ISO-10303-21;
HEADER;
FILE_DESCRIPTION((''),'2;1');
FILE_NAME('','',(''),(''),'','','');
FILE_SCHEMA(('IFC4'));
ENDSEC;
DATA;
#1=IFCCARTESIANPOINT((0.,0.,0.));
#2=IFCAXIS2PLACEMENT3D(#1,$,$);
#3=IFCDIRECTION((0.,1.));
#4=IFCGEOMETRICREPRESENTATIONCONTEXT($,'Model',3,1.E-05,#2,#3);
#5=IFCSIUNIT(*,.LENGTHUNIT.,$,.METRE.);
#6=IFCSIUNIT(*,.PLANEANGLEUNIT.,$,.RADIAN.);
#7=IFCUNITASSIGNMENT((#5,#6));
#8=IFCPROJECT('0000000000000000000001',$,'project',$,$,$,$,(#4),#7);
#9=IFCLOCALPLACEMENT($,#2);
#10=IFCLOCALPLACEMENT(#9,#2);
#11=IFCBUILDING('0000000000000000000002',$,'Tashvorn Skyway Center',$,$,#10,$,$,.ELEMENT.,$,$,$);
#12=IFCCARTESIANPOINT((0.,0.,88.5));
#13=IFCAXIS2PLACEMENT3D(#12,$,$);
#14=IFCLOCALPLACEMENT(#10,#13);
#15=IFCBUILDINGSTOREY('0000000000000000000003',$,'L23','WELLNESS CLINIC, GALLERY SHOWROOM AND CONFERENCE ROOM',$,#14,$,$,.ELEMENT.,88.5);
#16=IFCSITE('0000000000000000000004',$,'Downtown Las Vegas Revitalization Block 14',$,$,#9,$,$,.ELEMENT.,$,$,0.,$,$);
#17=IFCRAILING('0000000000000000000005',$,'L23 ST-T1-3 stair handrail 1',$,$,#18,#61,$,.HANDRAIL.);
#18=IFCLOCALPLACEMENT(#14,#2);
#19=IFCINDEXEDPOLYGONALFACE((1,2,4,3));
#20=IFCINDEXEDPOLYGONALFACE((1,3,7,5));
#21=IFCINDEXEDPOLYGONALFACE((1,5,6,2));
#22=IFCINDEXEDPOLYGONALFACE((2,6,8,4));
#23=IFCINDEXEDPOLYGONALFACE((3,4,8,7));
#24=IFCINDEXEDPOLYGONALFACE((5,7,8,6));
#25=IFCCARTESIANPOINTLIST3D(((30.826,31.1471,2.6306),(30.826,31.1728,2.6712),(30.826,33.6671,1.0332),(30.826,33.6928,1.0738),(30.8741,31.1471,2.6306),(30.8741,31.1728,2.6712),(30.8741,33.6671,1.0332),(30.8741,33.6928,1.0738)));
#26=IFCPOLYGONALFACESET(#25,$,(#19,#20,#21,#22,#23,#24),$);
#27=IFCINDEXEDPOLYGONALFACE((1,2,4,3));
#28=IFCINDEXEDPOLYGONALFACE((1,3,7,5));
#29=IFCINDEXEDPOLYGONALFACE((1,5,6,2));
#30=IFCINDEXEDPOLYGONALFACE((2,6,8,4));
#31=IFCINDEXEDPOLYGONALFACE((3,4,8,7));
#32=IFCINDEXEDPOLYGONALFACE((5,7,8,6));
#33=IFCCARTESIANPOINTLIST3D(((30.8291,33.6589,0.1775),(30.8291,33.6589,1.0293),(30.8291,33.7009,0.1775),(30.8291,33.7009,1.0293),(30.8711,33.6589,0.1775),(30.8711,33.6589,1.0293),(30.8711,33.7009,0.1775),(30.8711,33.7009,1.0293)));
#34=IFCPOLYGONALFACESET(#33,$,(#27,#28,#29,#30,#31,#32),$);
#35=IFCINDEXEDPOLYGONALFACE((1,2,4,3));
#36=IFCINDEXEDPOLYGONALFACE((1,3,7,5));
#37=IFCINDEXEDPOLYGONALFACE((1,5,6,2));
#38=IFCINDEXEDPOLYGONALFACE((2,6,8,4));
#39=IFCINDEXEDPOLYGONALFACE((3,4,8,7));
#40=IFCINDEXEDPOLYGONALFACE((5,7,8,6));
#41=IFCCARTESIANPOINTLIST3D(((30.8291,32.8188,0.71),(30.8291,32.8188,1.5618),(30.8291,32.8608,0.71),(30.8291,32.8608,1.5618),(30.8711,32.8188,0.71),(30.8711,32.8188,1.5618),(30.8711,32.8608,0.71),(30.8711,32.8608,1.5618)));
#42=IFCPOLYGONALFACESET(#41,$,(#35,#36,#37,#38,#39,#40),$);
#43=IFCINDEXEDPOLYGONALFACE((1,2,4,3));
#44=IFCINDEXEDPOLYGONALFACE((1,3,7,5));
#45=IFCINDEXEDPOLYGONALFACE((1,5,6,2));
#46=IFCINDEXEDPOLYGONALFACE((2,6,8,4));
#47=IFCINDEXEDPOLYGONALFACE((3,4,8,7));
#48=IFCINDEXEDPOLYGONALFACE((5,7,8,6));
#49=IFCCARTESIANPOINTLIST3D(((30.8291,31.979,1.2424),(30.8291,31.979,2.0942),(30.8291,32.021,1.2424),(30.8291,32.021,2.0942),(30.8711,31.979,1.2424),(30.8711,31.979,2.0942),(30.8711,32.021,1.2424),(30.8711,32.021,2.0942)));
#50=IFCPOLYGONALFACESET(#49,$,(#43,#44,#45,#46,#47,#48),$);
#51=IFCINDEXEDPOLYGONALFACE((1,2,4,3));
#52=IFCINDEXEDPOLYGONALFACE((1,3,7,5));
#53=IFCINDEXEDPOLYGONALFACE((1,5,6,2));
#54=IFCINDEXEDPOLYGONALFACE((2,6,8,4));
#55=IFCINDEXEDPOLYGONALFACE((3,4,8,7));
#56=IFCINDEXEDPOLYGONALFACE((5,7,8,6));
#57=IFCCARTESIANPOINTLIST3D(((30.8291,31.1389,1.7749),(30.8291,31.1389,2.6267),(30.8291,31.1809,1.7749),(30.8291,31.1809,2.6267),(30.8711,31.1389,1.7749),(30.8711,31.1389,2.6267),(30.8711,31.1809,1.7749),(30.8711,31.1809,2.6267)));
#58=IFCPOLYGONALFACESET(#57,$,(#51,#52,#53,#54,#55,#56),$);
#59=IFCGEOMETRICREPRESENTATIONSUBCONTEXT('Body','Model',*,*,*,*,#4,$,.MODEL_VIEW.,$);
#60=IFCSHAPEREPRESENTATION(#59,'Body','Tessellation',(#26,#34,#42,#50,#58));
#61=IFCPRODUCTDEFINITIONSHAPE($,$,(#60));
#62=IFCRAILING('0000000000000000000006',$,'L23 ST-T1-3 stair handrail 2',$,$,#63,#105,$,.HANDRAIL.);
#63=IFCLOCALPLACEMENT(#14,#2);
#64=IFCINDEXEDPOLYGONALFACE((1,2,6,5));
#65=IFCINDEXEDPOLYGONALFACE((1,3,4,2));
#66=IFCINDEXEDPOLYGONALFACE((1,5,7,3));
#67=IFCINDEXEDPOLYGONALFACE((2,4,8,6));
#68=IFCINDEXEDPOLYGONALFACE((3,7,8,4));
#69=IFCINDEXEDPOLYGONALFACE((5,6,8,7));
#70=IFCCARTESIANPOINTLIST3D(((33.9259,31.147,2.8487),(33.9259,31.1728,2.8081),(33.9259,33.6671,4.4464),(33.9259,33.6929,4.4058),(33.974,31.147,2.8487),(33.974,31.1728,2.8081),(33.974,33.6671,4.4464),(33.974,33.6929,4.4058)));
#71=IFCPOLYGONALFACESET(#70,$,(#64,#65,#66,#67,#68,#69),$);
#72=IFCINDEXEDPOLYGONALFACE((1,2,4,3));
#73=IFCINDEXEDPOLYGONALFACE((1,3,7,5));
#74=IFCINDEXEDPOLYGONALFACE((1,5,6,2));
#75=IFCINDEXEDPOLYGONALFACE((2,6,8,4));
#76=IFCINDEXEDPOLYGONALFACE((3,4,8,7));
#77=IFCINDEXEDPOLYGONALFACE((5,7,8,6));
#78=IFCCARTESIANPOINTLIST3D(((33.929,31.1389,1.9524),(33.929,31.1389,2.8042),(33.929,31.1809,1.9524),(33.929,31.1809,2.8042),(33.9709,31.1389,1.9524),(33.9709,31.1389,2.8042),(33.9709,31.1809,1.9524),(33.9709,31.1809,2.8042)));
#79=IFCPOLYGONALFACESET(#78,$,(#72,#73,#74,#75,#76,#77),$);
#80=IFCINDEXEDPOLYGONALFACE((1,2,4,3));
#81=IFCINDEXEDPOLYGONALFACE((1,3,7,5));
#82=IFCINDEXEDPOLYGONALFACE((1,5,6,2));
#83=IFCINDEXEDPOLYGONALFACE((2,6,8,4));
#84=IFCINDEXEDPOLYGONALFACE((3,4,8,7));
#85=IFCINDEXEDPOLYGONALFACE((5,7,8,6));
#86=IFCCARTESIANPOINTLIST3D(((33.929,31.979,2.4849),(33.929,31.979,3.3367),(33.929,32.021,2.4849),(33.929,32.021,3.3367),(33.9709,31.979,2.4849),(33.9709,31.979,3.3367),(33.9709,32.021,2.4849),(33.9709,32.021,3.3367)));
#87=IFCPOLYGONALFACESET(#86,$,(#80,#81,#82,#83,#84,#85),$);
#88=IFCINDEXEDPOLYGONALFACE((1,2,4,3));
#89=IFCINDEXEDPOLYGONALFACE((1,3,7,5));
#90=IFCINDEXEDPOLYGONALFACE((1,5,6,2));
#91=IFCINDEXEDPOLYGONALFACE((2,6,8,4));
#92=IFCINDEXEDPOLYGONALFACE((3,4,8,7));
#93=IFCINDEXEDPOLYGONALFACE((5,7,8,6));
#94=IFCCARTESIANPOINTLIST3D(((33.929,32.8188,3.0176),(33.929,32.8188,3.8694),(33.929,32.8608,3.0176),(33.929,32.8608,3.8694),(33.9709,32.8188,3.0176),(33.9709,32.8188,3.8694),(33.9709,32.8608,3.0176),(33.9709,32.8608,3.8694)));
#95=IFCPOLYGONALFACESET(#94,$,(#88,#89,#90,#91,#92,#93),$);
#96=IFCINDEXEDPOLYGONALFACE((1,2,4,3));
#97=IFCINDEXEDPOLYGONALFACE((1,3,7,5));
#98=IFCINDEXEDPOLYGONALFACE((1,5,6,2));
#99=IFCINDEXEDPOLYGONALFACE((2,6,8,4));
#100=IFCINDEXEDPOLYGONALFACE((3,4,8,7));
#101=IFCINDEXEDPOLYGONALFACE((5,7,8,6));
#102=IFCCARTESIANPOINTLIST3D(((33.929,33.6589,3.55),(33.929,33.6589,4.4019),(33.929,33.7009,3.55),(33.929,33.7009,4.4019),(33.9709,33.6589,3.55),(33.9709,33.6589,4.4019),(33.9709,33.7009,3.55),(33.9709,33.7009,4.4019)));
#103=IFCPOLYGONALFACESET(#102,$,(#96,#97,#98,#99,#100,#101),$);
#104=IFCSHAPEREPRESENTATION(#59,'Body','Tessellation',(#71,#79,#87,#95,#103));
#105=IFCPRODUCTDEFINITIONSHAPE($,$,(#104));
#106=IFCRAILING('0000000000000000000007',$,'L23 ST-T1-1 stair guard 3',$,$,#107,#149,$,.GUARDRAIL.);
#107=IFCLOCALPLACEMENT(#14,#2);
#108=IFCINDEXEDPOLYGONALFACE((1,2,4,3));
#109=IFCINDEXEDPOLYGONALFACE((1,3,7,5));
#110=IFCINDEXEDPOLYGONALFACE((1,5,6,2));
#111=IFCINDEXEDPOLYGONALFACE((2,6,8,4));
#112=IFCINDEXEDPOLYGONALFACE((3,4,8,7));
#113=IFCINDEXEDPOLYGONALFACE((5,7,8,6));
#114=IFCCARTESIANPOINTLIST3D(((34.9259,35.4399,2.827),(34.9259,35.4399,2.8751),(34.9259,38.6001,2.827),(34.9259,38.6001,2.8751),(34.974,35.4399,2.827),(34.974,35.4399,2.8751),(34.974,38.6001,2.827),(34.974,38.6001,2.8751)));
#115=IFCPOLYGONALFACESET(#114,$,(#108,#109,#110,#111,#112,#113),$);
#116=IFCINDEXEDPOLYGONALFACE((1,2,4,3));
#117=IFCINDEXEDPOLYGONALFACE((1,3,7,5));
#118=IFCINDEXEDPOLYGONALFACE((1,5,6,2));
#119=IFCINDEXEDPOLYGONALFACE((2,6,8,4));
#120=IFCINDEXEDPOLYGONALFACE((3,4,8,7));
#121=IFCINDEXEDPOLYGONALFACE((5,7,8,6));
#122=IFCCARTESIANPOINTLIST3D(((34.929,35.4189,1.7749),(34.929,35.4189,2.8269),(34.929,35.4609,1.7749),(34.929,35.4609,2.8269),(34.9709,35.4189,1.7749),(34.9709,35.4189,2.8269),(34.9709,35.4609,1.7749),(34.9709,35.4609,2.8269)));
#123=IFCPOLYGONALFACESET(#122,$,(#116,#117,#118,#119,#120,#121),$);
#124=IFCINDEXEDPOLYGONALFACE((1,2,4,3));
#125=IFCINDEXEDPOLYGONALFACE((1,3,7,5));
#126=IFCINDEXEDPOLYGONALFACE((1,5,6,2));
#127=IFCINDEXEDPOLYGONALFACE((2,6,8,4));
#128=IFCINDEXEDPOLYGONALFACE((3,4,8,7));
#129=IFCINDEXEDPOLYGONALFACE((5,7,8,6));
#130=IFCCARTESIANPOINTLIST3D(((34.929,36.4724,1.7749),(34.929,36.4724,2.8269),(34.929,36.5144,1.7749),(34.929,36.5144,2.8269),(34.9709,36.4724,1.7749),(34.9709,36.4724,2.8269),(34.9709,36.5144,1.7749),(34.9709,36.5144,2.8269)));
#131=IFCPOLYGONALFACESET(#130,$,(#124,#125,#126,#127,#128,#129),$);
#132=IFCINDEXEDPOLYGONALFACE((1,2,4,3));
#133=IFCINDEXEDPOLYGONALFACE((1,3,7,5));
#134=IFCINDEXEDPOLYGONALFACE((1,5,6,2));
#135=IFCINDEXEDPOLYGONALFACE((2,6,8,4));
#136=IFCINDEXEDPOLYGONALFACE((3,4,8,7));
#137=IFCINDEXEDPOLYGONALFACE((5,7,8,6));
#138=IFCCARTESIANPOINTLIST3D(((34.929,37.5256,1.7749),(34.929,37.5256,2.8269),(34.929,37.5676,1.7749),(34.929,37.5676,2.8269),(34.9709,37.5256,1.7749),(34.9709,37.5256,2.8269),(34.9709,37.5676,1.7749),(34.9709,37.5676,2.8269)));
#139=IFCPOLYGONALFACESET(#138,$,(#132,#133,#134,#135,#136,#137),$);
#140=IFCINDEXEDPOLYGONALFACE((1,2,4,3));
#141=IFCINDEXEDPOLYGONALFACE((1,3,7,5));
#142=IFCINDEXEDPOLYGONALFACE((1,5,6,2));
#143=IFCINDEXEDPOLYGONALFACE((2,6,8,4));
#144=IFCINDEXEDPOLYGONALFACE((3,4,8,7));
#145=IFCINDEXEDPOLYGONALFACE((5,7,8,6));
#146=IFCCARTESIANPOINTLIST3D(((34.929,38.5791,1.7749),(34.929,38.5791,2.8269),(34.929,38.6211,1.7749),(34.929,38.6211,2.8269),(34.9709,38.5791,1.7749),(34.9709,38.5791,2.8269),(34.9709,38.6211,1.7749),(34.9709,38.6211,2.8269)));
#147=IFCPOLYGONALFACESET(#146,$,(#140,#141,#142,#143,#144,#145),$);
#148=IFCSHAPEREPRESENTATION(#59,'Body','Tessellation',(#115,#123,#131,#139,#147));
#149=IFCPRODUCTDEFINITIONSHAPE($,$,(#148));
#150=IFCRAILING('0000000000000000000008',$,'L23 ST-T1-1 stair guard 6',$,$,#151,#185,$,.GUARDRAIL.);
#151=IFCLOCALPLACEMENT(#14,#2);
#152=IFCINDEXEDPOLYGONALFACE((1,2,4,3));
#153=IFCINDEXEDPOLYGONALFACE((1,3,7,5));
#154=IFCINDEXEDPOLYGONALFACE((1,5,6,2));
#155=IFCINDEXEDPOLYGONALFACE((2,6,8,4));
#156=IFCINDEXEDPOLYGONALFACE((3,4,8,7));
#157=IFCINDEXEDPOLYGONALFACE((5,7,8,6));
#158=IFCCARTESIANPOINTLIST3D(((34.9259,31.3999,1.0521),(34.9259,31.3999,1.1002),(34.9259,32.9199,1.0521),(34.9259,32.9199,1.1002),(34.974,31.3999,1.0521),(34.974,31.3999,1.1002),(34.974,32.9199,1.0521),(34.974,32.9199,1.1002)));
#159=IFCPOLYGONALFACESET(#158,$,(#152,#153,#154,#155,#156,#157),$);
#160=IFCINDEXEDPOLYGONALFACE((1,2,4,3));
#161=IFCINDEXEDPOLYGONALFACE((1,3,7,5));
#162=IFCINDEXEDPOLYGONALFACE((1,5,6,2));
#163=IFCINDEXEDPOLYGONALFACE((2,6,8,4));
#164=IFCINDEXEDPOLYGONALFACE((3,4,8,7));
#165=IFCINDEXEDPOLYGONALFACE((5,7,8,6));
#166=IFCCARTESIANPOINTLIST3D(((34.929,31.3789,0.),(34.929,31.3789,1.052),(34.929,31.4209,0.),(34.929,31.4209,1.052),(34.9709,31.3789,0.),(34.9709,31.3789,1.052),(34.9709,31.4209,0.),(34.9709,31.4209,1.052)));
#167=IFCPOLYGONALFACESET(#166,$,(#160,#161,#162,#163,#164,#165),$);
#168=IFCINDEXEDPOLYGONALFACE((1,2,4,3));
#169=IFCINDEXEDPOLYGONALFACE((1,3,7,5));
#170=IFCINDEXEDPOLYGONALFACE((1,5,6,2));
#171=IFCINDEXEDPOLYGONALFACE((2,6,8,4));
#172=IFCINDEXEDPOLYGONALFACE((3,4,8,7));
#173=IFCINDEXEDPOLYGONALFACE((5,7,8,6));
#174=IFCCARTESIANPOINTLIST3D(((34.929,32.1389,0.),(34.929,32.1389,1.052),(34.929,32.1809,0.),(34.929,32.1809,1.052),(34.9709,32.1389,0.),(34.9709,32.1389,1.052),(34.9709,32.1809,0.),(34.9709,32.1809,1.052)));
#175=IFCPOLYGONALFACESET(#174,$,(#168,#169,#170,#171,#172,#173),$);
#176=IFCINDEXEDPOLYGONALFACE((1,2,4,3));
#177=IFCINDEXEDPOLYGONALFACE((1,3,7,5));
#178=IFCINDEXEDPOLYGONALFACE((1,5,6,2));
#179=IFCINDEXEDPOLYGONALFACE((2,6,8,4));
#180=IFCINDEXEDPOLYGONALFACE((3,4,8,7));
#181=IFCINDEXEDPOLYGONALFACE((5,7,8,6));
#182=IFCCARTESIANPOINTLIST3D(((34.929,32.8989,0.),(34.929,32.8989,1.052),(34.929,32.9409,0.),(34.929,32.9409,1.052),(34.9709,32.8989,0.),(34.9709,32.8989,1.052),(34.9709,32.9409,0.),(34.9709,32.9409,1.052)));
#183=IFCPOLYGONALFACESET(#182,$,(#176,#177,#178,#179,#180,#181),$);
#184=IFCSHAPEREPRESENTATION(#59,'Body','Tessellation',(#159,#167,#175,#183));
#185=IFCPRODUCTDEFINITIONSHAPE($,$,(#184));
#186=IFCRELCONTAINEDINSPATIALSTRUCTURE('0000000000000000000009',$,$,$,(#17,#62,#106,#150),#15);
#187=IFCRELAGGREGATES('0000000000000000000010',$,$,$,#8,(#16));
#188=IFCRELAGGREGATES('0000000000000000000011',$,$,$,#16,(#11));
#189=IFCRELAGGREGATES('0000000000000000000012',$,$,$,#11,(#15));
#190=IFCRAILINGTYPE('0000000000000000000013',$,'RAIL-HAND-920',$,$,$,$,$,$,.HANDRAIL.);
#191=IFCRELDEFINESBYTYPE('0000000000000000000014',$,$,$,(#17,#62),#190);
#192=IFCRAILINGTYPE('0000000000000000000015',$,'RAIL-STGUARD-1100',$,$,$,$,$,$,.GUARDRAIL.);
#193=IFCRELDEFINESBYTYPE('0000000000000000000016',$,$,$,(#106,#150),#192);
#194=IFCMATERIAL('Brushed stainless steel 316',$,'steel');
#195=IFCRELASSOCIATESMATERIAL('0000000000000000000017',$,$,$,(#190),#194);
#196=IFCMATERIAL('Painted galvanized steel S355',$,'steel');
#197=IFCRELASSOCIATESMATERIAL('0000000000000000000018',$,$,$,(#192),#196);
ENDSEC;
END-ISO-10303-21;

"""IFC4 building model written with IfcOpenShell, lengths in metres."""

from ifc_helpers import new_model, si_unit, direction, frame, origin, origin_2d, place, context, subcontext, project, spatial, rectangle, extrude, material, type_object, element, save


model = new_model("IFC4")

# Units and contexts
model_context = context("Model", 3, precision=1e-05, world=origin(), true_north=direction((0.0, 1.0)))
body_context = subcontext(model_context, "Body", "Model", "MODEL_VIEW")
ifc_project = project(units=[si_unit("LENGTHUNIT", "METRE"), si_unit("PLANEANGLEUNIT", "RADIAN")], contexts=[model_context])

# Site, building, storey
site_placement = place(None, origin())
site = spatial("IfcSite", under=ifc_project, at=site_placement, Name="Downtown Las Vegas Revitalization Block 14", CompositionType="ELEMENT", RefElevation=0.0)
building_placement = place(site_placement, origin())
building = spatial("IfcBuilding", under=site, at=building_placement, Name="Tashvorn Skyway Center", CompositionType="ELEMENT")
storey_placement = place(building_placement, frame((0.0, 0.0, 88.5)))
storey = spatial("IfcBuildingStorey", under=building, at=storey_placement, Name="L23", Description="WELLNESS CLINIC, GALLERY SHOWROOM AND CONFERENCE ROOM", CompositionType="ELEMENT", Elevation=88.5)

# Railings
ifc_material_1 = material(Name="Brushed stainless steel 316", Category="steel")
railing_type_1 = type_object("IfcRailingType", Name="RAIL-HAND-920", PredefinedType="HANDRAIL", material=ifc_material_1)
railing_1_placement = place(storey_placement, frame((30.8501, 33.6799, 0.1775)))
element("IfcRailing", 1, at=railing_1_placement, inside=storey, type_object=railing_type_1, Name="L23 ST-T1-3 stair handrail 1", PredefinedType="HANDRAIL", context=body_context, shape_type="SweptSolid", body=[
    extrude(rectangle(XDim=0.0481, YDim=0.0481, at=origin_2d()), frame((0.0, 0.0, 0.876), z_axis=(0.0, -0.844607, 0.535387), x_axis=(1.0, 0.0, 0.0)), (0.0, 0.0, 1.0), 2.9836),
    extrude(rectangle(XDim=0.042, YDim=0.042, at=origin_2d()), origin(), (0.0, 0.0, 1.0), 0.8518),
    extrude(rectangle(XDim=0.042, YDim=0.042, at=origin_2d()), frame((0.0, -0.8401, 0.5325)), (0.0, 0.0, 1.0), 0.8518),
    extrude(rectangle(XDim=0.042, YDim=0.042, at=origin_2d()), frame((0.0, -1.6799, 1.0649)), (0.0, 0.0, 1.0), 0.8518),
    extrude(rectangle(XDim=0.042, YDim=0.042, at=origin_2d()), frame((0.0, -2.52, 1.5974)), (0.0, 0.0, 1.0), 0.8518),
])
railing_2_placement = place(storey_placement, frame((33.95, 31.1599, 1.9524)))
element("IfcRailing", 2, at=railing_2_placement, inside=storey, type_object=railing_type_1, Name="L23 ST-T1-3 stair handrail 2", PredefinedType="HANDRAIL", context=body_context, shape_type="SweptSolid", body=[
    extrude(rectangle(XDim=0.0481, YDim=0.0481, at=origin_2d()), frame((0.0, 0.0, 0.876), z_axis=(0.0, 0.84457, 0.535445), x_axis=(-1.0, 0.0, 0.0)), (0.0, 0.0, 1.0), 2.9839),
    extrude(rectangle(XDim=0.042, YDim=0.042, at=origin_2d()), origin(), (0.0, 0.0, 1.0), 0.8518),
    extrude(rectangle(XDim=0.042, YDim=0.042, at=origin_2d()), frame((0.0, 0.8401, 0.5325)), (0.0, 0.0, 1.0), 0.8518),
    extrude(rectangle(XDim=0.042, YDim=0.042, at=origin_2d()), frame((0.0, 1.6799, 1.0652)), (0.0, 0.0, 1.0), 0.8518),
    extrude(rectangle(XDim=0.042, YDim=0.042, at=origin_2d()), frame((0.0, 2.52, 1.5977)), (0.0, 0.0, 1.0), 0.8518),
])
ifc_material_2 = material(Name="Painted galvanized steel S355", Category="steel")
railing_type_2 = type_object("IfcRailingType", Name="RAIL-STGUARD-1100", PredefinedType="GUARDRAIL", material=ifc_material_2)
railing_3_placement = place(storey_placement, frame((34.95, 35.4399, 1.7749)))
element("IfcRailing", 3, at=railing_3_placement, inside=storey, type_object=railing_type_2, Name="L23 ST-T1-1 stair guard 3", PredefinedType="GUARDRAIL", context=body_context, shape_type="SweptSolid", body=[
    extrude(rectangle(XDim=0.0481, YDim=0.0481, at=origin_2d()), frame((0.0, 0.0, 1.0762), z_axis=(0.0, 1.0, 0.0), x_axis=(-1.0, 0.0, 0.0)), (0.0, 0.0, 1.0), 3.1602),
    extrude(rectangle(XDim=0.042, YDim=0.042, at=origin_2d()), origin(), (0.0, 0.0, 1.0), 1.052),
    extrude(rectangle(XDim=0.042, YDim=0.042, at=origin_2d()), frame((0.0, 1.0535, 0.0)), (0.0, 0.0, 1.0), 1.052),
    extrude(rectangle(XDim=0.042, YDim=0.042, at=origin_2d()), frame((0.0, 2.1067, 0.0)), (0.0, 0.0, 1.0), 1.052),
    extrude(rectangle(XDim=0.042, YDim=0.042, at=origin_2d()), frame((0.0, 3.1602, 0.0)), (0.0, 0.0, 1.0), 1.052),
])
railing_4_placement = place(storey_placement, frame((34.95, 31.3999, 0.0)))
element("IfcRailing", 4, at=railing_4_placement, inside=storey, type_object=railing_type_2, Name="L23 ST-T1-1 stair guard 6", PredefinedType="GUARDRAIL", context=body_context, shape_type="SweptSolid", body=[
    extrude(rectangle(XDim=0.0481, YDim=0.0481, at=origin_2d()), frame((0.0, 0.0, 1.0762), z_axis=(0.0, 1.0, 0.0), x_axis=(-1.0, 0.0, 0.0)), (0.0, 0.0, 1.0), 1.52),
    extrude(rectangle(XDim=0.042, YDim=0.042, at=origin_2d()), origin(), (0.0, 0.0, 1.0), 1.052),
    extrude(rectangle(XDim=0.042, YDim=0.042, at=origin_2d()), frame((0.0, 0.76, 0.0)), (0.0, 0.0, 1.0), 1.052),
    extrude(rectangle(XDim=0.042, YDim=0.042, at=origin_2d()), frame((0.0, 1.52, 0.0)), (0.0, 0.0, 1.0), 1.052),
])

save(model, "model.ifc")
